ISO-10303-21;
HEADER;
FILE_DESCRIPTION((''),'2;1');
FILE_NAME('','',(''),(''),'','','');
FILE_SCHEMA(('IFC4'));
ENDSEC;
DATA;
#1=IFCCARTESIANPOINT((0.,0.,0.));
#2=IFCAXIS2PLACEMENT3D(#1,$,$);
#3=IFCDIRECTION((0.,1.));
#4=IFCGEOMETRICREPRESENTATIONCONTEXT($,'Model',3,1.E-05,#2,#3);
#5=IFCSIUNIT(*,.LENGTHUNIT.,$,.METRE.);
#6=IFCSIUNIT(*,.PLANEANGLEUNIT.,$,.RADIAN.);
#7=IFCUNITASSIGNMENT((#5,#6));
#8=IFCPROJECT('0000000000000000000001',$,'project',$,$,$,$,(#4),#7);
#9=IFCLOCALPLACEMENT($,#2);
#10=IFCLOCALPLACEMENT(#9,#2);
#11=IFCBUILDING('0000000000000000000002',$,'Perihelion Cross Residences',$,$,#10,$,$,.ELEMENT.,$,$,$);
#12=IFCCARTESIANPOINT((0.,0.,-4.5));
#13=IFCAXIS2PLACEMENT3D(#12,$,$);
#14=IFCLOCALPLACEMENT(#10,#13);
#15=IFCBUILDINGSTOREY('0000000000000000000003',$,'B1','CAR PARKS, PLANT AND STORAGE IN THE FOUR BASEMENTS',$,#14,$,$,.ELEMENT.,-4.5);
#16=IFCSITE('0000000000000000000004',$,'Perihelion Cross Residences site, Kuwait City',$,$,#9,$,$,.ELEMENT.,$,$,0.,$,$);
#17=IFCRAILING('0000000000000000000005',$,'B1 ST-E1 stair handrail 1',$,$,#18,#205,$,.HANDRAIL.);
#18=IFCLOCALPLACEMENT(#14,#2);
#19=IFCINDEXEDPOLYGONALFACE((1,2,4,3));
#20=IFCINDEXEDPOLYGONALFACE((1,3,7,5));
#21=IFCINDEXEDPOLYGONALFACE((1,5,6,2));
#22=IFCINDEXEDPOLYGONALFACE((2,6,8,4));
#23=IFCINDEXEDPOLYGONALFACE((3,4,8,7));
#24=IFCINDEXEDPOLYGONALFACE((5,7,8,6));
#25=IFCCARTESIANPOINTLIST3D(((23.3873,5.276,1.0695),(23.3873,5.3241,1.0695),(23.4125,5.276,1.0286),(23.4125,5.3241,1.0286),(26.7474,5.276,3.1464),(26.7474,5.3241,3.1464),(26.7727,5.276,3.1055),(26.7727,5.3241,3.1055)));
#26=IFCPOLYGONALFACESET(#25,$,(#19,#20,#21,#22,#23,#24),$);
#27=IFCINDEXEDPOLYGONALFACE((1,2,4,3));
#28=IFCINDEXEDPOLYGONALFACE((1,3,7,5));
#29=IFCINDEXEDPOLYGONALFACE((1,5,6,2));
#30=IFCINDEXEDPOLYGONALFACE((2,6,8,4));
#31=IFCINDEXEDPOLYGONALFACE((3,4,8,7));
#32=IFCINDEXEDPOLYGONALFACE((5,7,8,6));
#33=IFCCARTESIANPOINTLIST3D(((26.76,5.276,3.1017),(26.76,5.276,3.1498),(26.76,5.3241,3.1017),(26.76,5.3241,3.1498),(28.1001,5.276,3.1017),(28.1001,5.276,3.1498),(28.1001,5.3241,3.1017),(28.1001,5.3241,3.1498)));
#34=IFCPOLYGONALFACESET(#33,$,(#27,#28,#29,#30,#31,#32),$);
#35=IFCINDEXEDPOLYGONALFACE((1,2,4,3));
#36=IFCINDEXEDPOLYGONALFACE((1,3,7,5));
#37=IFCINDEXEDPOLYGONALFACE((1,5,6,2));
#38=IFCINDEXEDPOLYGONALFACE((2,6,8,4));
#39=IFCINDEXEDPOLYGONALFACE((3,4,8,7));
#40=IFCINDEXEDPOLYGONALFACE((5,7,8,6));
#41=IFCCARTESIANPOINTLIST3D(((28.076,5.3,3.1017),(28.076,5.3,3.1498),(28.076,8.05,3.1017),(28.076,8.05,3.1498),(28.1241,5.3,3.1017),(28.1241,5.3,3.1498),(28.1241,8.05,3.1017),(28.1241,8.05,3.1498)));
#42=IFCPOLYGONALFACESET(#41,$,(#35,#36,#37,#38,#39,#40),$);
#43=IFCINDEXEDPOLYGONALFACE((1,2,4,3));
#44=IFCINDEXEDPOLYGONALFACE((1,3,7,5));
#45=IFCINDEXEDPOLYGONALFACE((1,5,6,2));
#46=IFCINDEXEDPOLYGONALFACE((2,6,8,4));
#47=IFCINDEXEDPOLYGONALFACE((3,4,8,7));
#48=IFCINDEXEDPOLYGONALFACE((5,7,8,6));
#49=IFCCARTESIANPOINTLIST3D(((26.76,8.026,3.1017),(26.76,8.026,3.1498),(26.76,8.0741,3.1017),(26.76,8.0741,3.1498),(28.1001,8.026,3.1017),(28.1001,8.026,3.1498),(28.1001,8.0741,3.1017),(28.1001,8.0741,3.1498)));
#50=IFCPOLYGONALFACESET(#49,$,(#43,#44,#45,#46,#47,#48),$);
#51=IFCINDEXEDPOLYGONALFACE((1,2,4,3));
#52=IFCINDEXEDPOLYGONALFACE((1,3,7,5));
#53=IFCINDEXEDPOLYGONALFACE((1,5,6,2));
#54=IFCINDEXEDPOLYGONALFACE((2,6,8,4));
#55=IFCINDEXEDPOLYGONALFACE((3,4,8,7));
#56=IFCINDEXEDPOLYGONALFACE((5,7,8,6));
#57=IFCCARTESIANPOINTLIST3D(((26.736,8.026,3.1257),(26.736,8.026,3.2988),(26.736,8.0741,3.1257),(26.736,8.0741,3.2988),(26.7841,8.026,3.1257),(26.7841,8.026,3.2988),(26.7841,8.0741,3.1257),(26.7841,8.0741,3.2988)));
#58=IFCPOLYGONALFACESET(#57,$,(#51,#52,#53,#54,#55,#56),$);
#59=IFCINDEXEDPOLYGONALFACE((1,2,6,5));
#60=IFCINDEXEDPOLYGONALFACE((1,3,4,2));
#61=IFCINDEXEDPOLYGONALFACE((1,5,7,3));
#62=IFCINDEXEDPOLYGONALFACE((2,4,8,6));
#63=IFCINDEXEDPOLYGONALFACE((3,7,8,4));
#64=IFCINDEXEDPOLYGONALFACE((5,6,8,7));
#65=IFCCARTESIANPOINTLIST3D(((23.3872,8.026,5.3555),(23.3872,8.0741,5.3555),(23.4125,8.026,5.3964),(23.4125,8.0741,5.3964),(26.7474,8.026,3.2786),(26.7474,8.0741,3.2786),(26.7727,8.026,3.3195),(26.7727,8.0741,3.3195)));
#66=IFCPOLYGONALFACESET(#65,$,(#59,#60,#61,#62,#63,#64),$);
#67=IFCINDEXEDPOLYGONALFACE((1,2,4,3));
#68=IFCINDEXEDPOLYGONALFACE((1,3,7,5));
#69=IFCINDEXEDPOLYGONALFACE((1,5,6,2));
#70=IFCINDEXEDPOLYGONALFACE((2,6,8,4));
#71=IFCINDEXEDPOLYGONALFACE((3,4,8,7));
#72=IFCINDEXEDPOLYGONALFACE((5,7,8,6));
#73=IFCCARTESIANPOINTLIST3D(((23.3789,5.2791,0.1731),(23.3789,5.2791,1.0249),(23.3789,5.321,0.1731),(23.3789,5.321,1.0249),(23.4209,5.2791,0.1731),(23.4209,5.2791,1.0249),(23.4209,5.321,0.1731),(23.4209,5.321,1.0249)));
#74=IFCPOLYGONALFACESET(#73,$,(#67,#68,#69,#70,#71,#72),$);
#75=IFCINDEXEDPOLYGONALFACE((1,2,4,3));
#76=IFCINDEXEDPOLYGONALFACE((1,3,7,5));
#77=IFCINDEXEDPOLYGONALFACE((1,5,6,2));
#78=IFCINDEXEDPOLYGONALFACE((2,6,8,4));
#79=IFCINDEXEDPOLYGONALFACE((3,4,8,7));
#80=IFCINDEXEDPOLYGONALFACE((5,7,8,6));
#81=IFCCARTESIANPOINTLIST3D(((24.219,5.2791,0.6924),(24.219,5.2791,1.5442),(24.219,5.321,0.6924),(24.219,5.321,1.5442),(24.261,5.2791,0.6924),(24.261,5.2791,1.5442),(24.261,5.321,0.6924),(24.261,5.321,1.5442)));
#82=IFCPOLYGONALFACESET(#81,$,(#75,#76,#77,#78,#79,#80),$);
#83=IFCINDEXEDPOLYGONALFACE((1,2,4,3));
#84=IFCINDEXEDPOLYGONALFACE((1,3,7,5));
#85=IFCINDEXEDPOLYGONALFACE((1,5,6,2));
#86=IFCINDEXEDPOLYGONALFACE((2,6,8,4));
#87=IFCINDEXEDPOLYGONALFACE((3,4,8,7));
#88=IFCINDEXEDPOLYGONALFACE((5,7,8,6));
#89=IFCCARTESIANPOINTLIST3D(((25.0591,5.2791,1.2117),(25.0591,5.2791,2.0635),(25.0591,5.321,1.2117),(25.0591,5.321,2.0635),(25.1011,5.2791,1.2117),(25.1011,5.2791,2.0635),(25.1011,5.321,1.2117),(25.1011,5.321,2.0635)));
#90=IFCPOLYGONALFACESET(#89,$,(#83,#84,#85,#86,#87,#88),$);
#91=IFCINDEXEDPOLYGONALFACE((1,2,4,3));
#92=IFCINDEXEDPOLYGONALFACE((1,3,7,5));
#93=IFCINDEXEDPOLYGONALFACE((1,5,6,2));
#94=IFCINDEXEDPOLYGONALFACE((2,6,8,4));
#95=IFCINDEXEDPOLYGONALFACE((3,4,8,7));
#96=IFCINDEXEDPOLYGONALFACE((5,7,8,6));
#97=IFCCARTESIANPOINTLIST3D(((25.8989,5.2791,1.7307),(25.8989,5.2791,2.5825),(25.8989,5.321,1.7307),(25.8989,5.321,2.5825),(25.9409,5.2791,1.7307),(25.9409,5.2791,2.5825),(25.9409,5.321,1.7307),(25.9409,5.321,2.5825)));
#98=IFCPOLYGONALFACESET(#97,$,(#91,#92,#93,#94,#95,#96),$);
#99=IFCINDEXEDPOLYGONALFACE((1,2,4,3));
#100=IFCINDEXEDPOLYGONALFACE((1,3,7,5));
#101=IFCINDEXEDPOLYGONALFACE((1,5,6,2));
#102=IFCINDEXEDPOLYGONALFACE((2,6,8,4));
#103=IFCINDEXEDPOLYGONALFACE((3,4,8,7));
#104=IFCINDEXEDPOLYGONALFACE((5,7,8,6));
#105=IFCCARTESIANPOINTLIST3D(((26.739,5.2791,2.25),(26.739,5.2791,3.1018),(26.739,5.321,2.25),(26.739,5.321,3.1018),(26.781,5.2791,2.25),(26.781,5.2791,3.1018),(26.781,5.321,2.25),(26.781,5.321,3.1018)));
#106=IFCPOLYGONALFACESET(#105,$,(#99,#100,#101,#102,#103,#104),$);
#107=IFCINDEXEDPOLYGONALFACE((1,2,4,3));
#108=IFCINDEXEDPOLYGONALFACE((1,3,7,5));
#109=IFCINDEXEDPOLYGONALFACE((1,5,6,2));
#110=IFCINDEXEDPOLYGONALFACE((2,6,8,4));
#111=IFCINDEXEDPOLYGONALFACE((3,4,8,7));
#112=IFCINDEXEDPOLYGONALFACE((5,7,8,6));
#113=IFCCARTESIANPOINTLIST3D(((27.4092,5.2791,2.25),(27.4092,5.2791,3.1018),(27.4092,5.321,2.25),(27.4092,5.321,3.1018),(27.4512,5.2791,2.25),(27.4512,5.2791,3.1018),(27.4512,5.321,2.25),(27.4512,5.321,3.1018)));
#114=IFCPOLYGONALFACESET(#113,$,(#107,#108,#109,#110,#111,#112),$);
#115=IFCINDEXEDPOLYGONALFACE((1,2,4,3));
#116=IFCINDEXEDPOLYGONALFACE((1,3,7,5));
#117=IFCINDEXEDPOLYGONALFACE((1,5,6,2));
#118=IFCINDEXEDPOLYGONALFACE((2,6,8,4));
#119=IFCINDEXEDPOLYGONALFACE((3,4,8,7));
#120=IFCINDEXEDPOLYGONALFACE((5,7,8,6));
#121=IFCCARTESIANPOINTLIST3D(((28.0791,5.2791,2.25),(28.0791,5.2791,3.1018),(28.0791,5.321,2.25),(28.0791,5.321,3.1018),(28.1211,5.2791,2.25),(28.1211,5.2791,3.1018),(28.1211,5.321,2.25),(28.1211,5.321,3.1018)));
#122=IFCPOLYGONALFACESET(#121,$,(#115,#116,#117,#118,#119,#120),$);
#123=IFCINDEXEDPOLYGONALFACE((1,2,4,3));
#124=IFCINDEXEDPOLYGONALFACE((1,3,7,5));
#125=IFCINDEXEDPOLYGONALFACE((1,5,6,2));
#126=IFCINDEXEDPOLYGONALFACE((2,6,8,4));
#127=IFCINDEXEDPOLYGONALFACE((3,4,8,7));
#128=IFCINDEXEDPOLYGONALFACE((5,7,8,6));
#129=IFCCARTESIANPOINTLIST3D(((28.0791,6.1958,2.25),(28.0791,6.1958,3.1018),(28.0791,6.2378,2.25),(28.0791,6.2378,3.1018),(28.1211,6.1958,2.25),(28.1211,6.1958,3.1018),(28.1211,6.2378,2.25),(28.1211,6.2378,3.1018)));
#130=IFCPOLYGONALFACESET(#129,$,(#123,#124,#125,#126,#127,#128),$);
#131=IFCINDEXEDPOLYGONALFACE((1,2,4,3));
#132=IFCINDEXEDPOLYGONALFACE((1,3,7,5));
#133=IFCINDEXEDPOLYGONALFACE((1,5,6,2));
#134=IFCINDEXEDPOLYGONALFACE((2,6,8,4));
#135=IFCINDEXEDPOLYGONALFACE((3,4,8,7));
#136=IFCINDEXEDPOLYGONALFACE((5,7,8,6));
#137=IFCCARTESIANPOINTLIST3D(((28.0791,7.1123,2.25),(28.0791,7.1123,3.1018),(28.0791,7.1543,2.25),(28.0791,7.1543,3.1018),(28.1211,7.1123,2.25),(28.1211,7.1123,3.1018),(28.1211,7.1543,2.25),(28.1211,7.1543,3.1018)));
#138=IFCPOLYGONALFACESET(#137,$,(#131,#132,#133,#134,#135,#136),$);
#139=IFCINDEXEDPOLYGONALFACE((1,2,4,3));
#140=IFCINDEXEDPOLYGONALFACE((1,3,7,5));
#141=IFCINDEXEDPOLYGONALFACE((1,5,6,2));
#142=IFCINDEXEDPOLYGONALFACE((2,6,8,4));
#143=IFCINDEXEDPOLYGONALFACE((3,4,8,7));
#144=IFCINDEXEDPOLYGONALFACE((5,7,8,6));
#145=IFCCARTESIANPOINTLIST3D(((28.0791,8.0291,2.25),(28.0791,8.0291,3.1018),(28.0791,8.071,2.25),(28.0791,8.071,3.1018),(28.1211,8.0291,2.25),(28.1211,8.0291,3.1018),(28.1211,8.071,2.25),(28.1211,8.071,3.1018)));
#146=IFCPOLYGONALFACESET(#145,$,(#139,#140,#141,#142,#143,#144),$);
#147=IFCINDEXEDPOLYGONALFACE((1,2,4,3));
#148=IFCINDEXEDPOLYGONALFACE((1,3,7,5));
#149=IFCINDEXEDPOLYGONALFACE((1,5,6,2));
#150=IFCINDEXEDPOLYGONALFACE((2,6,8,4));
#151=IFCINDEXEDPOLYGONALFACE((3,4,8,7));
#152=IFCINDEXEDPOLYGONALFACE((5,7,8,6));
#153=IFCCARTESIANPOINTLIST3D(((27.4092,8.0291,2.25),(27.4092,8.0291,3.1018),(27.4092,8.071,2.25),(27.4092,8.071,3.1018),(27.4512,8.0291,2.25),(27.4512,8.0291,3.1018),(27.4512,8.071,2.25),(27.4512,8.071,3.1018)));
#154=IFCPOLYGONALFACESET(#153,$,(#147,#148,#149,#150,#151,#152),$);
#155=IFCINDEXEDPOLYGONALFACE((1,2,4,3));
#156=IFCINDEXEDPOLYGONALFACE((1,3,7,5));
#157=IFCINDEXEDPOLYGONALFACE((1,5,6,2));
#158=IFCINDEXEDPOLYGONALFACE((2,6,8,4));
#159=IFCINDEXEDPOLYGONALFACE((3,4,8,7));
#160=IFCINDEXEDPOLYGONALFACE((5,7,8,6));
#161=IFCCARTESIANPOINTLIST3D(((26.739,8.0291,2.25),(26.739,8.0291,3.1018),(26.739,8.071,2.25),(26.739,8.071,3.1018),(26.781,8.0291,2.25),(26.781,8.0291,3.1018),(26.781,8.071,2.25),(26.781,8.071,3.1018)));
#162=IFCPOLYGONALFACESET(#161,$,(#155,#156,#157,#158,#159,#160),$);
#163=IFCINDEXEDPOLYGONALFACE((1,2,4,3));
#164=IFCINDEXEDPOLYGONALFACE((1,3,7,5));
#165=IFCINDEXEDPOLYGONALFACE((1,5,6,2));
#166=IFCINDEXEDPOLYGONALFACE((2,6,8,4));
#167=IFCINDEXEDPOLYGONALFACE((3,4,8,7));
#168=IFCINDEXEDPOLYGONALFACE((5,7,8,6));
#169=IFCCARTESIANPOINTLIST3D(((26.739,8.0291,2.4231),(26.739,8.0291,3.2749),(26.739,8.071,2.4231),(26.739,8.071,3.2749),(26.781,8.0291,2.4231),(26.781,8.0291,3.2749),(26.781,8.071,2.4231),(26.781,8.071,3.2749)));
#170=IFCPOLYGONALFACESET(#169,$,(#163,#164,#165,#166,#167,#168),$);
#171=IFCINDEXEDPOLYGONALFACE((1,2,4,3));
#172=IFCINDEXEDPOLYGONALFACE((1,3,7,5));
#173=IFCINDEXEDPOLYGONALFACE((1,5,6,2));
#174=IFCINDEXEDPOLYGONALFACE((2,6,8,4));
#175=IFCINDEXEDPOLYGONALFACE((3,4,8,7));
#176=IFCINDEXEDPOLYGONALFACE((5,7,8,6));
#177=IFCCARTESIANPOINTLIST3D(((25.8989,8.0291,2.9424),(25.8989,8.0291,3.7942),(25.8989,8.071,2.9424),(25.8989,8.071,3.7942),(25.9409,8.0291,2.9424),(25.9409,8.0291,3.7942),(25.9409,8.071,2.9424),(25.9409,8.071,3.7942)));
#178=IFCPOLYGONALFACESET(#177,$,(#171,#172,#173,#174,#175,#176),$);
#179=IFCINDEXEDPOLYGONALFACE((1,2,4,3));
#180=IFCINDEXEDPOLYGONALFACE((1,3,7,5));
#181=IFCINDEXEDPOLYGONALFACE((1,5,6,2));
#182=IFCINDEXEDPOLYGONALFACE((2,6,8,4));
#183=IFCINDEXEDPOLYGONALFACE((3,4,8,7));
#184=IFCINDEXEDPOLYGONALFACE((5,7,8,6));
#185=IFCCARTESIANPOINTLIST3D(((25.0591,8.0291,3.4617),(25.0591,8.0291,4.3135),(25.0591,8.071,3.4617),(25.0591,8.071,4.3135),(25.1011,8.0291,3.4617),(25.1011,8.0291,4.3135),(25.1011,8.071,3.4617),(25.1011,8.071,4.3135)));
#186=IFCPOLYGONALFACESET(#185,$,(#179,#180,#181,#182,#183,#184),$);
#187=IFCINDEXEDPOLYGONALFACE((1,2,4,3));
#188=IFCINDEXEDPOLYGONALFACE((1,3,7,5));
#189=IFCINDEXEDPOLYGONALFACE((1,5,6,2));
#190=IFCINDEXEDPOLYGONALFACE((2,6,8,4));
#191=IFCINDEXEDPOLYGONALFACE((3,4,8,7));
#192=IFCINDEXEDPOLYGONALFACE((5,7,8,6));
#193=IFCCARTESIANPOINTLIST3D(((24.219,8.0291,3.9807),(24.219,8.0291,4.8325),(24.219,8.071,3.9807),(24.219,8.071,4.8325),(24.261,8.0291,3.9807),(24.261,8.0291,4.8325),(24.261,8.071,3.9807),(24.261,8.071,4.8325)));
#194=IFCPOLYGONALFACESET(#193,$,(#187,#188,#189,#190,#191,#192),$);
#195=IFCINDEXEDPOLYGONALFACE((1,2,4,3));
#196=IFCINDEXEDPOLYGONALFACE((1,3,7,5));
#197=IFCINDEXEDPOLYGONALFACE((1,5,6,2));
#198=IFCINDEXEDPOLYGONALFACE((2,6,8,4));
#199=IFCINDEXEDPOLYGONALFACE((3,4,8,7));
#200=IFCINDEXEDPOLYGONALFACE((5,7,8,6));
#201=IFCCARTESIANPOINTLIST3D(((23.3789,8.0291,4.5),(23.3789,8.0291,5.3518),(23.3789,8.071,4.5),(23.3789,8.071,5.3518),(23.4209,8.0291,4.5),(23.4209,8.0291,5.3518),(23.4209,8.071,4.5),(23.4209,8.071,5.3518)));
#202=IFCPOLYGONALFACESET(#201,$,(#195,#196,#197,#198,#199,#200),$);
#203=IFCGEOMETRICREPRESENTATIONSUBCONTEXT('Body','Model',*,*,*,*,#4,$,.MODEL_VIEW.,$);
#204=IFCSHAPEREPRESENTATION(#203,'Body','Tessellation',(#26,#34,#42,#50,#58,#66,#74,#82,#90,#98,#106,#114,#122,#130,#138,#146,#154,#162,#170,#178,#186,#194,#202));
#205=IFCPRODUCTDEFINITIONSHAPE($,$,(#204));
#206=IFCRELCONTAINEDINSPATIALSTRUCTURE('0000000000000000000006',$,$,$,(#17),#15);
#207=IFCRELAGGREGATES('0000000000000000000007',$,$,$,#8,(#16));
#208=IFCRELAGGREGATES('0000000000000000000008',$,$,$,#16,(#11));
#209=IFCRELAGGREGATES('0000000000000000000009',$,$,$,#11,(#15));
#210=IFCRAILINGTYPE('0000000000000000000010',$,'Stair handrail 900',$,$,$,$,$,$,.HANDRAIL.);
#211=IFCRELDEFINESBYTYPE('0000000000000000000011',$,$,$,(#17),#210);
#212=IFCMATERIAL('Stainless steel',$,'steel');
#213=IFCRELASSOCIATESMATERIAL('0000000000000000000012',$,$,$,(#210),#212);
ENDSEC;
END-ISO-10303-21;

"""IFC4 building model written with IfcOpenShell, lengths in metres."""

from ifc_helpers import new_model, si_unit, direction, frame, origin, origin_2d, place, context, subcontext, project, spatial, rectangle, extrude, material, type_object, element, save


model = new_model("IFC4")

# Units and contexts
model_context = context("Model", 3, precision=1e-05, world=origin(), true_north=direction((0.0, 1.0)))
body_context = subcontext(model_context, "Body", "Model", "MODEL_VIEW")
ifc_project = project(units=[si_unit("LENGTHUNIT", "METRE"), si_unit("PLANEANGLEUNIT", "RADIAN")], contexts=[model_context])

# Site, building, storey
site_placement = place(None, origin())
site = spatial("IfcSite", under=ifc_project, at=site_placement, Name="Perihelion Cross Residences site, Kuwait City", CompositionType="ELEMENT", RefElevation=0.0)
building_placement = place(site_placement, origin())
building = spatial("IfcBuilding", under=site, at=building_placement, Name="Perihelion Cross Residences", CompositionType="ELEMENT")
storey_placement = place(building_placement, frame((0.0, 0.0, -4.5)))
storey = spatial("IfcBuildingStorey", under=building, at=storey_placement, Name="B1", Description="CAR PARKS, PLANT AND STORAGE IN THE FOUR BASEMENTS", CompositionType="ELEMENT", Elevation=-4.5)

# Railing
ifc_material_1 = material(Name="Stainless steel", Category="steel")
railing_type = type_object("IfcRailingType", Name="Stair handrail 900", PredefinedType="HANDRAIL", material=ifc_material_1)
railing_placement = place(storey_placement, frame((23.3999, 5.3, 0.1731)))
element("IfcRailing", 1, at=railing_placement, inside=storey, type_object=railing_type, Name="B1 ST-E1 stair handrail 1", PredefinedType="HANDRAIL", context=body_context, shape_type="SweptSolid", body=[
    extrude(rectangle(XDim=0.0481, YDim=0.0481, at=origin_2d()), frame((0.0, 0.0, 0.876), z_axis=(0.850623, 0.0, 0.525776), x_axis=(0.0, 1.0, 0.0)), (0.0, 0.0, 1.0), 3.9502),
    extrude(rectangle(XDim=0.0481, YDim=0.0481, at=origin_2d()), frame((3.3601, 0.0, 2.9526), z_axis=(1.0, 0.0, 0.0), x_axis=(0.0, 1.0, 0.0)), (0.0, 0.0, 1.0), 1.3401),
    extrude(rectangle(XDim=0.0481, YDim=0.0481, at=origin_2d()), frame((4.7002, 0.0, 2.9526), z_axis=(0.0, 1.0, 0.0), x_axis=(-1.0, 0.0, 0.0)), (0.0, 0.0, 1.0), 2.75),
    extrude(rectangle(XDim=0.0481, YDim=0.0481, at=origin_2d()), frame((4.7002, 2.75, 2.9526), z_axis=(-1.0, 0.0, 0.0), x_axis=(0.0, -1.0, 0.0)), (0.0, 0.0, 1.0), 1.3401),
    extrude(rectangle(XDim=0.0481, YDim=0.0481, at=origin_2d()), frame((3.3601, 2.75, 2.9526), z_axis=(0.0, 0.0, 1.0), x_axis=(1.0, 0.0, 0.0)), (0.0, 0.0, 1.0), 0.1731),
    extrude(rectangle(XDim=0.0481, YDim=0.0481, at=origin_2d()), frame((3.3601, 2.75, 3.126), z_axis=(-0.850623, 0.0, 0.525776), x_axis=(0.0, -1.0, 0.0)), (0.0, 0.0, 1.0), 3.9502),
    extrude(rectangle(XDim=0.042, YDim=0.042, at=origin_2d()), origin(), (0.0, 0.0, 1.0), 0.8518),
    extrude(rectangle(XDim=0.042, YDim=0.042, at=origin_2d()), frame((0.8401, 0.0, 0.5193)), (0.0, 0.0, 1.0), 0.8518),
    extrude(rectangle(XDim=0.042, YDim=0.042, at=origin_2d()), frame((1.6802, 0.0, 1.0386)), (0.0, 0.0, 1.0), 0.8518),
    extrude(rectangle(XDim=0.042, YDim=0.042, at=origin_2d()), frame((2.52, 0.0, 1.5576)), (0.0, 0.0, 1.0), 0.8518),
    extrude(rectangle(XDim=0.042, YDim=0.042, at=origin_2d()), frame((3.3601, 0.0, 2.0769)), (0.0, 0.0, 1.0), 0.8518),
    extrude(rectangle(XDim=0.042, YDim=0.042, at=origin_2d()), frame((4.0303, 0.0, 2.0769)), (0.0, 0.0, 1.0), 0.8518),
    extrude(rectangle(XDim=0.042, YDim=0.042, at=origin_2d()), frame((4.7002, 0.0, 2.0769)), (0.0, 0.0, 1.0), 0.8518),
    extrude(rectangle(XDim=0.042, YDim=0.042, at=origin_2d()), frame((4.7002, 0.9167, 2.0769)), (0.0, 0.0, 1.0), 0.8518),
    extrude(rectangle(XDim=0.042, YDim=0.042, at=origin_2d()), frame((4.7002, 1.8333, 2.0769)), (0.0, 0.0, 1.0), 0.8518),
    extrude(rectangle(XDim=0.042, YDim=0.042, at=origin_2d()), frame((4.7002, 2.75, 2.0769)), (0.0, 0.0, 1.0), 0.8518),
    extrude(rectangle(XDim=0.042, YDim=0.042, at=origin_2d()), frame((4.0303, 2.75, 2.0769)), (0.0, 0.0, 1.0), 0.8518),
    extrude(rectangle(XDim=0.042, YDim=0.042, at=origin_2d()), frame((3.3601, 2.75, 2.0769)), (0.0, 0.0, 1.0), 0.8518),
    extrude(rectangle(XDim=0.042, YDim=0.042, at=origin_2d()), frame((3.3601, 2.75, 2.25)), (0.0, 0.0, 1.0), 0.8518),
    extrude(rectangle(XDim=0.042, YDim=0.042, at=origin_2d()), frame((2.52, 2.75, 2.7693)), (0.0, 0.0, 1.0), 0.8518),
    extrude(rectangle(XDim=0.042, YDim=0.042, at=origin_2d()), frame((1.6802, 2.75, 3.2886)), (0.0, 0.0, 1.0), 0.8518),
    extrude(rectangle(XDim=0.042, YDim=0.042, at=origin_2d()), frame((0.8401, 2.75, 3.8076)), (0.0, 0.0, 1.0), 0.8518),
    extrude(rectangle(XDim=0.042, YDim=0.042, at=origin_2d()), frame((0.0, 2.75, 4.3269)), (0.0, 0.0, 1.0), 0.8518),
])

save(model, "model.ifc")
